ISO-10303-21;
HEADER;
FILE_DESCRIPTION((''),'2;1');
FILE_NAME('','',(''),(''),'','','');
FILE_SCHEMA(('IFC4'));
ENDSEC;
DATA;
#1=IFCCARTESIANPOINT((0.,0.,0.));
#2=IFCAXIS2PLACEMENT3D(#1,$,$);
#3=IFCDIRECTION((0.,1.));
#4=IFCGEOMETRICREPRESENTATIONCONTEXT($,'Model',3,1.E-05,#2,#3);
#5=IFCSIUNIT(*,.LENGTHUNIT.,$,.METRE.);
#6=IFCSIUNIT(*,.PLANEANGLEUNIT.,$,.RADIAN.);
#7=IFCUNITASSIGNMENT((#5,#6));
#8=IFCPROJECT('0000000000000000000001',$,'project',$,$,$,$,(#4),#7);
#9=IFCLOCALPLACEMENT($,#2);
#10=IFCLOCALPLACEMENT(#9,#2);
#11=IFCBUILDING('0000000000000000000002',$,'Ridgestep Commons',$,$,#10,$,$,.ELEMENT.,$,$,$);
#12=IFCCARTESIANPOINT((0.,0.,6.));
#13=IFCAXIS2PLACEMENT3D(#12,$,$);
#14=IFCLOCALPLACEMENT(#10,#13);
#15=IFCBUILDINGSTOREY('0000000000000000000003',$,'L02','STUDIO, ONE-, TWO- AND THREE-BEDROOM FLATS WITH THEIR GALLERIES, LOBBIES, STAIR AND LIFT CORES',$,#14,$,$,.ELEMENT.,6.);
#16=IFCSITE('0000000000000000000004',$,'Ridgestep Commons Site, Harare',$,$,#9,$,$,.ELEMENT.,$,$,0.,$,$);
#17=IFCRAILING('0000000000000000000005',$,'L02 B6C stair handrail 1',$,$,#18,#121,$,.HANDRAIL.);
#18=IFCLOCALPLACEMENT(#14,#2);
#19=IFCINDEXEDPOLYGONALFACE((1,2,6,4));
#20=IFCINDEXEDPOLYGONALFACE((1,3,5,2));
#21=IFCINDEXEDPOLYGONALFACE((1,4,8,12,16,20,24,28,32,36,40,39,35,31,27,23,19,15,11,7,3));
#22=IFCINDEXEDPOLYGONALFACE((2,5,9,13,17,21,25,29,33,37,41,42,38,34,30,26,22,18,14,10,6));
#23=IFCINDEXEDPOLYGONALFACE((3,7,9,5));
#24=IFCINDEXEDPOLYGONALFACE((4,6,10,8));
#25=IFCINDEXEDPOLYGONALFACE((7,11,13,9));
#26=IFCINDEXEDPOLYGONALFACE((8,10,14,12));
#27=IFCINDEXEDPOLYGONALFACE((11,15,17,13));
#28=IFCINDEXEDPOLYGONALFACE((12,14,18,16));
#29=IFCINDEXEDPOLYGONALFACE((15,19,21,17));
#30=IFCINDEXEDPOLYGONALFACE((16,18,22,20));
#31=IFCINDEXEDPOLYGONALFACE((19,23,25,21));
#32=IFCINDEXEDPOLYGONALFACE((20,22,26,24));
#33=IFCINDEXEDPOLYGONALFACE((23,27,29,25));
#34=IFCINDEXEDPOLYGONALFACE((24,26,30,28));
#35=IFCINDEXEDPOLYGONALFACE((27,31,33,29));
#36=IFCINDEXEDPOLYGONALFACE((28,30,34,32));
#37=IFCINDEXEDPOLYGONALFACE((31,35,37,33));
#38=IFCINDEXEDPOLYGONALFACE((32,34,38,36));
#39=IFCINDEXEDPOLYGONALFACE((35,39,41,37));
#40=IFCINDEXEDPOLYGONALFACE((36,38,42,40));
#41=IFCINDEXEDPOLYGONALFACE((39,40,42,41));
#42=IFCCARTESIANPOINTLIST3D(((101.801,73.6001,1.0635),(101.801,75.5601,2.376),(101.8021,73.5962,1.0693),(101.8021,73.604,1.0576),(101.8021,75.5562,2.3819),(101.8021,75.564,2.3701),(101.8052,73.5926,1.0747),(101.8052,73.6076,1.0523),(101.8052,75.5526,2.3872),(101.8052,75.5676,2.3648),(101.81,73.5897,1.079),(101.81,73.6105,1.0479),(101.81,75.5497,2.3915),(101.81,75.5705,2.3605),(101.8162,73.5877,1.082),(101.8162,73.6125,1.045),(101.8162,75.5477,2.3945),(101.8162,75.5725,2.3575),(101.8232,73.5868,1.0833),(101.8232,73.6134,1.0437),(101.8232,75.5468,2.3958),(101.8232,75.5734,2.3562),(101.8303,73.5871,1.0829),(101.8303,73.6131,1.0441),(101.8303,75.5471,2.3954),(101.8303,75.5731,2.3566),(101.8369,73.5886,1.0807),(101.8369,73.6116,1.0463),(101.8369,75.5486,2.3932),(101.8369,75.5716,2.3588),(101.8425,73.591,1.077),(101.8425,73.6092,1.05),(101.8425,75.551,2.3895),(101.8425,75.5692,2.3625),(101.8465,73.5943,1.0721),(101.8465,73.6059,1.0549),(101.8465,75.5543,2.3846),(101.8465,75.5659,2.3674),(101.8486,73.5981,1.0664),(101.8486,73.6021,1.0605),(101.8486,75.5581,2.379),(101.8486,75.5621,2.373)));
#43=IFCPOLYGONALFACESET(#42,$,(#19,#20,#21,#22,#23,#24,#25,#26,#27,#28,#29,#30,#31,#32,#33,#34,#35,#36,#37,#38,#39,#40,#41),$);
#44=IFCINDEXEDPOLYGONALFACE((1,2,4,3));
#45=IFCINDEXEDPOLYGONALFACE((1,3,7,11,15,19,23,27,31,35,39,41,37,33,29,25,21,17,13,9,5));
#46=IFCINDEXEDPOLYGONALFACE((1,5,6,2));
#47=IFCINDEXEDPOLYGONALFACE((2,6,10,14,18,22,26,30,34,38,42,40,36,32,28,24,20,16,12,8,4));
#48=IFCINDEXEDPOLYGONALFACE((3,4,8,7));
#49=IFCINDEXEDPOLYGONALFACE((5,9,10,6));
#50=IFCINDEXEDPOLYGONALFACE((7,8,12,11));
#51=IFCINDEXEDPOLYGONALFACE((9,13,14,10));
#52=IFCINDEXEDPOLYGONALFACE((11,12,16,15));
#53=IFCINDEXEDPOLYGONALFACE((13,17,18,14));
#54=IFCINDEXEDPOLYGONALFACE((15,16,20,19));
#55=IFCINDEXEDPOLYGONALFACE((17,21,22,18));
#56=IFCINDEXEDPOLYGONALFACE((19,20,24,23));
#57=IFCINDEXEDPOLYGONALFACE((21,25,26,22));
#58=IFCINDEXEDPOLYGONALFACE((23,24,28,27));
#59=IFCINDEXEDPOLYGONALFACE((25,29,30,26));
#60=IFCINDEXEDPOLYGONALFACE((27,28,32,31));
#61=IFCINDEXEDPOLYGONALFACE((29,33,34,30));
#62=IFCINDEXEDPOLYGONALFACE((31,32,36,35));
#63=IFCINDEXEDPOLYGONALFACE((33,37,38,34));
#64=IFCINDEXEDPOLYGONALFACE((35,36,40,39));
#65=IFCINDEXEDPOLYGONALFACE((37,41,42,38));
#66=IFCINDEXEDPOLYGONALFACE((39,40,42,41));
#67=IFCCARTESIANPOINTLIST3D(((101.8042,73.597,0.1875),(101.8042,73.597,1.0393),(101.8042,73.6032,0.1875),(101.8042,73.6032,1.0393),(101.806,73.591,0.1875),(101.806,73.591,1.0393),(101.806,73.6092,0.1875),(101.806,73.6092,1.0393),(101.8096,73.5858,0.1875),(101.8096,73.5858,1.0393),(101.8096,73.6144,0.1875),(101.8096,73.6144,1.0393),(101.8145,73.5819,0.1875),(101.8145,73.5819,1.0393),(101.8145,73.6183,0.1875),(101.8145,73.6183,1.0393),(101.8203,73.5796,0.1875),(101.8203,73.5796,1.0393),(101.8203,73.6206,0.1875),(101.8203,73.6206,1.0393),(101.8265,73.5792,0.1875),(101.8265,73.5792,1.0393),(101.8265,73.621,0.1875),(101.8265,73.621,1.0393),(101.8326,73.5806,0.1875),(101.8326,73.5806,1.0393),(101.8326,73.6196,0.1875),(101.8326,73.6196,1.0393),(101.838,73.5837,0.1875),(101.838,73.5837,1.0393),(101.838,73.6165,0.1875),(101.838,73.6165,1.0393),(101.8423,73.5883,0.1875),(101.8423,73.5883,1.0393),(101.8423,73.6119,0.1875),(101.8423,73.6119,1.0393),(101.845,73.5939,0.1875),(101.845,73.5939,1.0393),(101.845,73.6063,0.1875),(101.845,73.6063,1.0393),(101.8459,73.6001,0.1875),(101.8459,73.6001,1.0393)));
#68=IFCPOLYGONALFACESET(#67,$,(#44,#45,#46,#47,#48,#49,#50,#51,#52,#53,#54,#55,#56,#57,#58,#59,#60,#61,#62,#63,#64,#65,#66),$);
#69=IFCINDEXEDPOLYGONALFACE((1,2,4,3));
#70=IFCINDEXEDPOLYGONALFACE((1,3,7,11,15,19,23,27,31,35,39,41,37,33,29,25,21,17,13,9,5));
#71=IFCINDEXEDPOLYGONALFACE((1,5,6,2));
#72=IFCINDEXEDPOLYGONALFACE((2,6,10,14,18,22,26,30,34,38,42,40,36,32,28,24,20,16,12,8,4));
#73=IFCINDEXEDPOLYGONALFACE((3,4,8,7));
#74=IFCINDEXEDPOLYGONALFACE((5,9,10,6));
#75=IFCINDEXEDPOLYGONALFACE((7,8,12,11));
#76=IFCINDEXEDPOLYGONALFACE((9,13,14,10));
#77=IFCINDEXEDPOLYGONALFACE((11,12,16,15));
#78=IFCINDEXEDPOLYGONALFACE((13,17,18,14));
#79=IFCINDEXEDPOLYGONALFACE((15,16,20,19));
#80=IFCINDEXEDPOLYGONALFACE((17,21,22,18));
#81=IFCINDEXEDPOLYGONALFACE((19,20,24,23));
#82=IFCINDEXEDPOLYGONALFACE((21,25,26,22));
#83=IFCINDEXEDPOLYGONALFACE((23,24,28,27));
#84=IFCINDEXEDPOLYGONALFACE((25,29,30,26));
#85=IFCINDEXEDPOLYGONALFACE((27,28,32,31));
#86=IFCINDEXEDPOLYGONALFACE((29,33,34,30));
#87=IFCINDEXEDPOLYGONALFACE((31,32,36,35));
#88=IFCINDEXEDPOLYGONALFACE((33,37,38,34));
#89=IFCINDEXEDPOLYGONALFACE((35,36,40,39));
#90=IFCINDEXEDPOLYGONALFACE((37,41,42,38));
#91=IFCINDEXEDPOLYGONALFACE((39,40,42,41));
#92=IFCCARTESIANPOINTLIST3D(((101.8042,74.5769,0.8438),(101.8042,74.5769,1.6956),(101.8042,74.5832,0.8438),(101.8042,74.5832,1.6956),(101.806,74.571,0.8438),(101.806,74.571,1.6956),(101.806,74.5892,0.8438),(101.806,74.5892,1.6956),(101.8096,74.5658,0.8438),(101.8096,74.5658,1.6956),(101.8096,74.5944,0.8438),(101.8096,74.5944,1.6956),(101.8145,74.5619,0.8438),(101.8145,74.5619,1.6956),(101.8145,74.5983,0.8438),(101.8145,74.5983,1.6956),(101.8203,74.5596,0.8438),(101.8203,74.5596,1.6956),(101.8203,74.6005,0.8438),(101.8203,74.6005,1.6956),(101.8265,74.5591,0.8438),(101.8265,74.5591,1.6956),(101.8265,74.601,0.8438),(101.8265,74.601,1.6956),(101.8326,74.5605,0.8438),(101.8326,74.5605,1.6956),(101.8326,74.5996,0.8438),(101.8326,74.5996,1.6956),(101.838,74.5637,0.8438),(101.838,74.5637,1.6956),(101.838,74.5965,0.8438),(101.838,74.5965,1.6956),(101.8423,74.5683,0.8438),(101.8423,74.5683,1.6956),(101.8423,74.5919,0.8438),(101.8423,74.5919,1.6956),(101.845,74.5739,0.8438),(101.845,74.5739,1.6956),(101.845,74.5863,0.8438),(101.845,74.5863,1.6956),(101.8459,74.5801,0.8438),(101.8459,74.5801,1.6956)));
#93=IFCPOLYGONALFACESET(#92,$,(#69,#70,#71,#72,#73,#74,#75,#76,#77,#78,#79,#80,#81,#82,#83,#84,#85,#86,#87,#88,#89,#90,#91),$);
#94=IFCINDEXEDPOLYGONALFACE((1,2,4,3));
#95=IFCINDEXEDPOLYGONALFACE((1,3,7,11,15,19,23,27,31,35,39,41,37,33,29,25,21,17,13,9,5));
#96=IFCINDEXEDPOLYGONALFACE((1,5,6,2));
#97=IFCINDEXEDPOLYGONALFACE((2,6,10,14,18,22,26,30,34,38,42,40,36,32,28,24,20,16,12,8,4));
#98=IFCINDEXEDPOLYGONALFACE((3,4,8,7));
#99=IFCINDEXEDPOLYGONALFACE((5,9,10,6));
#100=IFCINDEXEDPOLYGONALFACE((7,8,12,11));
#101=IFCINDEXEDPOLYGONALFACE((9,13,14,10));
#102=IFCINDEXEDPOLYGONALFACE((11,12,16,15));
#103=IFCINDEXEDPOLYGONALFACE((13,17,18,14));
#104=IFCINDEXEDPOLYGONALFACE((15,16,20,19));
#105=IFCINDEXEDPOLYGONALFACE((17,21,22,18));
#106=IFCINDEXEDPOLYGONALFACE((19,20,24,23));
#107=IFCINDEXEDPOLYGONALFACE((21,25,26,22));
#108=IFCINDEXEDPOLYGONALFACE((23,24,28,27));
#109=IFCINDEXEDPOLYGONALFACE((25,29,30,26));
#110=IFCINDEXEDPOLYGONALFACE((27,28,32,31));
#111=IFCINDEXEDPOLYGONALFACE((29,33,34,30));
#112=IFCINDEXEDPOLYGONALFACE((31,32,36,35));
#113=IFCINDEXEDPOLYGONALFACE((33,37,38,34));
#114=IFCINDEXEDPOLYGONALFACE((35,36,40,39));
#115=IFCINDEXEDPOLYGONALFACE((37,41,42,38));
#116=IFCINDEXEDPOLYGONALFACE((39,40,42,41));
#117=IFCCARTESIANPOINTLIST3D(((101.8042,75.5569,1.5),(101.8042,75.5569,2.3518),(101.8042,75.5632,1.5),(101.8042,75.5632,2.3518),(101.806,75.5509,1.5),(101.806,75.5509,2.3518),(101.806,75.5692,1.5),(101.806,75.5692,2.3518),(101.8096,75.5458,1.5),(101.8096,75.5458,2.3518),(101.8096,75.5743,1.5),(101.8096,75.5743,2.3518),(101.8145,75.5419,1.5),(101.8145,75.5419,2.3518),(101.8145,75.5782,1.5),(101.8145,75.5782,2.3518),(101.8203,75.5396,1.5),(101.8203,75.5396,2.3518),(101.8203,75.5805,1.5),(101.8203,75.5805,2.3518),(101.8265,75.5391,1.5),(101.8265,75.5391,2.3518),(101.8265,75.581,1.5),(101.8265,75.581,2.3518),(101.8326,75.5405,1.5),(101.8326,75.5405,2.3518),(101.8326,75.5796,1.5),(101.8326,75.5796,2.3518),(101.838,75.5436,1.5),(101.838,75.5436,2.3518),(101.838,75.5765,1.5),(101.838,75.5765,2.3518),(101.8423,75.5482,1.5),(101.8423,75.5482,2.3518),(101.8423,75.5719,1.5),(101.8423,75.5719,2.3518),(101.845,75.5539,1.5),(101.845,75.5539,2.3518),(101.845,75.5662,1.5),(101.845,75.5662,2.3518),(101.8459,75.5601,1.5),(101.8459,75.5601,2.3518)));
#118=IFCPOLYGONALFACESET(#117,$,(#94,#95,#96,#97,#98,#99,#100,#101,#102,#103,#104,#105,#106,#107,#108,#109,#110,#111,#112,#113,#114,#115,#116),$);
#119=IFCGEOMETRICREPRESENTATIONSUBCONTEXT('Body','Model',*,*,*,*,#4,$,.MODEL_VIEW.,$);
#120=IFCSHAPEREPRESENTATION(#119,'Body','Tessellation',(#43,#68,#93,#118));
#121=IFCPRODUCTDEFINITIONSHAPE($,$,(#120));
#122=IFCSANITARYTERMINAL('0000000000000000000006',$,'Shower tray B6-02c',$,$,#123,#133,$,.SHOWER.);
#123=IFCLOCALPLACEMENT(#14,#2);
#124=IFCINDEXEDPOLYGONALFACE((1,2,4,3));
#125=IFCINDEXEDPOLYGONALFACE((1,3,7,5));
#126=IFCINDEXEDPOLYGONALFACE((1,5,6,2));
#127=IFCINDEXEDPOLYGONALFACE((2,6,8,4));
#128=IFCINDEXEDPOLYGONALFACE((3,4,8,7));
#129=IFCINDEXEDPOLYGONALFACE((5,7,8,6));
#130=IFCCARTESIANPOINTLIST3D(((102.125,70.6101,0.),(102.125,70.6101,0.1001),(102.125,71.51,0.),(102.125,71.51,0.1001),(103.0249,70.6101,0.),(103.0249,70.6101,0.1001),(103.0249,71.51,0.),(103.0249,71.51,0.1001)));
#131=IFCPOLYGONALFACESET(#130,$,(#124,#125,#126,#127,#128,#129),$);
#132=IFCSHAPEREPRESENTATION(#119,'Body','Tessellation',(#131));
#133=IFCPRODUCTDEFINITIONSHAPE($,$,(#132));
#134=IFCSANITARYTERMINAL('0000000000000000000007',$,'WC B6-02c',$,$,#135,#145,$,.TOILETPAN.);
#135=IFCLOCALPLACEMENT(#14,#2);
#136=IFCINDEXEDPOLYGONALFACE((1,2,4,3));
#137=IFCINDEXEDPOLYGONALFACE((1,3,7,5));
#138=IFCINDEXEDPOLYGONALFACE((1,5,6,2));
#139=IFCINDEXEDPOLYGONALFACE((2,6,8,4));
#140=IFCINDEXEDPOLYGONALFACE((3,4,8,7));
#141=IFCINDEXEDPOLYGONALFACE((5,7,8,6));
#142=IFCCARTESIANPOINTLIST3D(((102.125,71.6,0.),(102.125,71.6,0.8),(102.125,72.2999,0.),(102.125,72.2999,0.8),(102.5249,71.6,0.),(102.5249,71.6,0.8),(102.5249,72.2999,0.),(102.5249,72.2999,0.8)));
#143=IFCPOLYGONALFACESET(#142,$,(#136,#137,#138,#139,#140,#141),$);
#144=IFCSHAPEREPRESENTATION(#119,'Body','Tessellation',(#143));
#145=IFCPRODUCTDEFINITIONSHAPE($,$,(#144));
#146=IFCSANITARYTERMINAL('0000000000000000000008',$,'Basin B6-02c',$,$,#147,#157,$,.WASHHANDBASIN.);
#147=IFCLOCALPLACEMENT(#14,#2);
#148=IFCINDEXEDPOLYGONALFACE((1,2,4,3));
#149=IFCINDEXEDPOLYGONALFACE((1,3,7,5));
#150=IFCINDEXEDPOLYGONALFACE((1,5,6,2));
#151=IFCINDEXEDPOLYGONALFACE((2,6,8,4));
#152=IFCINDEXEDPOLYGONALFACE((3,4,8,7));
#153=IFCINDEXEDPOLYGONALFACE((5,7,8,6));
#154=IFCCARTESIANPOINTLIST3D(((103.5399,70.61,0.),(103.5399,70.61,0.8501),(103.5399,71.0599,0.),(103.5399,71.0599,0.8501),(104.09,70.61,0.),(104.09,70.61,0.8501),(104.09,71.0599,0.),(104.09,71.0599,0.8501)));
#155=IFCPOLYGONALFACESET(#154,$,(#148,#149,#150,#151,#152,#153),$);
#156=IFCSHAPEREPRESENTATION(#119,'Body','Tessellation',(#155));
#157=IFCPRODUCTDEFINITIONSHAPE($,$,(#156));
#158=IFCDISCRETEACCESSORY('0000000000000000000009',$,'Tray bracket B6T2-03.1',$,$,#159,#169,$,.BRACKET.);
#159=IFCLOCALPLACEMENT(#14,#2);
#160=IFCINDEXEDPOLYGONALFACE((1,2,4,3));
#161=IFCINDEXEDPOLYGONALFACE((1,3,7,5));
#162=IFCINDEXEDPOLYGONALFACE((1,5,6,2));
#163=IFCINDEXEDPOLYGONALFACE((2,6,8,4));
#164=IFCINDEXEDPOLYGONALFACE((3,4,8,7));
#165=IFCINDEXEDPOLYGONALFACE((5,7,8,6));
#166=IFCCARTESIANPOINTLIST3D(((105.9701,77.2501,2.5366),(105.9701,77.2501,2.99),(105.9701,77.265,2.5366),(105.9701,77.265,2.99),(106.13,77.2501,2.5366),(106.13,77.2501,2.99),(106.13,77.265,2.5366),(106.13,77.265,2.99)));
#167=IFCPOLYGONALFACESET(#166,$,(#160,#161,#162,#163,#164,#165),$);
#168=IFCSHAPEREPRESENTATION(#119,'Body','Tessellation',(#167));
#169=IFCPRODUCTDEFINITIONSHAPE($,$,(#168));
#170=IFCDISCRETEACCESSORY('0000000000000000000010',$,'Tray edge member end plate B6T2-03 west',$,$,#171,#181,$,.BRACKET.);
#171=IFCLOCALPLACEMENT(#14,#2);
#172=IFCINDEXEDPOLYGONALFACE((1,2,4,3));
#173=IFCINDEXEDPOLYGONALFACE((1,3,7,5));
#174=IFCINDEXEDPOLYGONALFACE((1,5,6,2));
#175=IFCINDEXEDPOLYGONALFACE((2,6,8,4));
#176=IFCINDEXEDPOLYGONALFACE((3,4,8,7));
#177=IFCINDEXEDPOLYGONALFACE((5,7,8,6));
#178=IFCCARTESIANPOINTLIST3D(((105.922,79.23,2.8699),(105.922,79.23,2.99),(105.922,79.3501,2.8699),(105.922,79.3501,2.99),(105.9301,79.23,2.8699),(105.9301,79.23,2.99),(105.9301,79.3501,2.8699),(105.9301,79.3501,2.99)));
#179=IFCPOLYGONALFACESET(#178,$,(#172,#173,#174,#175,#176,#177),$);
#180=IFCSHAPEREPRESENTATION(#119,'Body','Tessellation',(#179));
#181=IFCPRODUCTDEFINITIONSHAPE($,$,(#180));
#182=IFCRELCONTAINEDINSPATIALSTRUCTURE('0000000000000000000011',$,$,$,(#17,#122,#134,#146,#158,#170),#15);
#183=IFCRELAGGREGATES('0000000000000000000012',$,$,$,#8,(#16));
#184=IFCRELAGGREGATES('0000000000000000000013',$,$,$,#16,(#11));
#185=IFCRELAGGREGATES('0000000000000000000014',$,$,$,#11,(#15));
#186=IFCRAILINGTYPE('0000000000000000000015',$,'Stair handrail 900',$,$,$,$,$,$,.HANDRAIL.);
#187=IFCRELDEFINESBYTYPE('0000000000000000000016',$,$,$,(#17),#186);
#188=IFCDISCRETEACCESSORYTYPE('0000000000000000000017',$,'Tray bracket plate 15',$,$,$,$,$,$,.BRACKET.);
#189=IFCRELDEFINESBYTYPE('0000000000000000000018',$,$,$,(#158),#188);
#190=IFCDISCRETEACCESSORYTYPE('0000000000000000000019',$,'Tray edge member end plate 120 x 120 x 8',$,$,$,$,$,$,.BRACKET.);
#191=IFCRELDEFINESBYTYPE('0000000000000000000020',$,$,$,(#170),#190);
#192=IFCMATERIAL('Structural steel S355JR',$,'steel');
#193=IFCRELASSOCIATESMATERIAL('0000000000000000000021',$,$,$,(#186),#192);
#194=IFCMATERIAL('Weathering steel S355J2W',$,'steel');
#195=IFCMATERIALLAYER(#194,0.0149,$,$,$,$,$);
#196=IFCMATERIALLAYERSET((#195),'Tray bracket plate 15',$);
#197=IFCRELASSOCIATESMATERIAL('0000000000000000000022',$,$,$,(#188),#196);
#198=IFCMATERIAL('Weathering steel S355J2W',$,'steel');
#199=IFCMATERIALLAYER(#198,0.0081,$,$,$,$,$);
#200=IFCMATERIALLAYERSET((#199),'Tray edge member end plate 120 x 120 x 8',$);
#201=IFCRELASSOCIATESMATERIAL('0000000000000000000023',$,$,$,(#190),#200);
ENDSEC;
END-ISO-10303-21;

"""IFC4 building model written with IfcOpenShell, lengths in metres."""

from ifc_helpers import new_model, si_unit, direction, frame, origin, origin_2d, place, context, subcontext, project, spatial, rectangle, circle, extrude, material, layer, layer_set, type_object, element, save


model = new_model("IFC4")

# Units and contexts
model_context = context("Model", 3, precision=1e-05, world=origin(), true_north=direction((0.0, 1.0)))
body_context = subcontext(model_context, "Body", "Model", "MODEL_VIEW")
ifc_project = project(units=[si_unit("LENGTHUNIT", "METRE"), si_unit("PLANEANGLEUNIT", "RADIAN")], contexts=[model_context])

# Site, building, storey
site_placement = place(None, origin())
site = spatial("IfcSite", under=ifc_project, at=site_placement, Name="Ridgestep Commons Site, Harare", CompositionType="ELEMENT", RefElevation=0.0)
building_placement = place(site_placement, origin())
building = spatial("IfcBuilding", under=site, at=building_placement, Name="Ridgestep Commons", CompositionType="ELEMENT")
storey_placement = place(building_placement, frame((0.0, 0.0, 6.0)))
storey = spatial("IfcBuildingStorey", under=building, at=storey_placement, Name="L02", Description="STUDIO, ONE-, TWO- AND THREE-BEDROOM FLATS WITH THEIR GALLERIES, LOBBIES, STAIR AND LIFT CORES", CompositionType="ELEMENT", Elevation=6.0)

# Railing
ifc_material_1 = material(Name="Structural steel S355JR", Category="steel")
railing_type = type_object("IfcRailingType", Name="Stair handrail 900", PredefinedType="HANDRAIL", material=ifc_material_1)
railing_placement = place(storey_placement, frame((101.825, 73.6001, 0.1875)))
element("IfcRailing", 1, at=railing_placement, inside=storey, type_object=railing_type, Name="L02 B6C stair handrail 1", PredefinedType="HANDRAIL", context=body_context, shape_type="SweptSolid", body=[
    extrude(circle(Radius=0.0239, at=origin_2d()), frame((0.0, 0.0, 0.876), z_axis=(0.0, 0.830902, 0.556419), x_axis=(-1.0, 0.0, 0.0)), (0.0, 0.0, 1.0), 2.3589),
    extrude(circle(Radius=0.021, at=origin_2d()), origin(), (0.0, 0.0, 1.0), 0.8518),
    extrude(circle(Radius=0.021, at=origin_2d()), frame((0.0, 0.98, 0.6562)), (0.0, 0.0, 1.0), 0.8518),
    extrude(circle(Radius=0.021, at=origin_2d()), frame((0.0, 1.96, 1.3125)), (0.0, 0.0, 1.0), 0.8518),
])

# Sanitary terminals
sanitary_terminal_1_placement = place(storey_placement, frame((102.575, 71.0601, 0.0), z_axis=(0.0, 0.0, 1.0), x_axis=(1.0, 0.0, 0.0)))
element("IfcSanitaryTerminal", 2, at=sanitary_terminal_1_placement, inside=storey, Name="Shower tray B6-02c", PredefinedType="SHOWER", context=body_context, shape_type="SweptSolid", body=[
    extrude(rectangle(XDim=0.8999, YDim=0.8999, at=origin_2d()), origin(), (0.0, 0.0, 1.0), 0.1001),
])
sanitary_terminal_2_placement = place(storey_placement, frame((102.325, 71.95, 0.0), z_axis=(0.0, 0.0, 1.0), x_axis=(1.0, 0.0, 0.0)))
element("IfcSanitaryTerminal", 3, at=sanitary_terminal_2_placement, inside=storey, Name="WC B6-02c", PredefinedType="TOILETPAN", context=body_context, shape_type="SweptSolid", body=[
    extrude(rectangle(XDim=0.3999, YDim=0.7, at=origin_2d()), origin(), (0.0, 0.0, 1.0), 0.8),
])
sanitary_terminal_3_placement = place(storey_placement, frame((103.8149, 70.835, 0.0), z_axis=(0.0, 0.0, 1.0), x_axis=(1.0, 0.0, 0.0)))
element("IfcSanitaryTerminal", 4, at=sanitary_terminal_3_placement, inside=storey, Name="Basin B6-02c", PredefinedType="WASHHANDBASIN", context=body_context, shape_type="SweptSolid", body=[
    extrude(rectangle(XDim=0.55, YDim=0.45, at=origin_2d()), origin(), (0.0, 0.0, 1.0), 0.8501),
])

# Discrete accessories
ifc_material_2 = material(Name="Weathering steel S355J2W", Category="steel")
ifc_layer_1 = layer(ifc_material_2, 0.0149)
ifc_layer_set_1 = layer_set([ifc_layer_1], Name="Tray bracket plate 15")
discrete_accessory_type_1 = type_object("IfcDiscreteAccessoryType", Name="Tray bracket plate 15", PredefinedType="BRACKET", material=ifc_layer_set_1)
discrete_accessory_1_placement = place(storey_placement, frame((106.05, 77.2576, 2.5366), z_axis=(0.0, 0.0, 1.0), x_axis=(1.0, 0.0, 0.0)))
element("IfcDiscreteAccessory", 5, at=discrete_accessory_1_placement, inside=storey, type_object=discrete_accessory_type_1, Name="Tray bracket B6T2-03.1", PredefinedType="BRACKET", context=body_context, shape_type="SweptSolid", body=[
    extrude(rectangle(XDim=0.1599, YDim=0.0149, at=origin_2d()), origin(), (0.0, 0.0, 1.0), 0.4534),
])
ifc_material_3 = material(Name="Weathering steel S355J2W", Category="steel")
ifc_layer_2 = layer(ifc_material_3, 0.0081)
ifc_layer_set_2 = layer_set([ifc_layer_2], Name="Tray edge member end plate 120 x 120 x 8")
discrete_accessory_type_2 = type_object("IfcDiscreteAccessoryType", Name="Tray edge member end plate 120 x 120 x 8", PredefinedType="BRACKET", material=ifc_layer_set_2)
discrete_accessory_2_placement = place(storey_placement, frame((105.926, 79.29, 2.8699), z_axis=(0.0, 0.0, 1.0), x_axis=(1.0, 0.0, 0.0)))
element("IfcDiscreteAccessory", 6, at=discrete_accessory_2_placement, inside=storey, type_object=discrete_accessory_type_2, Name="Tray edge member end plate B6T2-03 west", PredefinedType="BRACKET", context=body_context, shape_type="SweptSolid", body=[
    extrude(rectangle(XDim=0.0081, YDim=0.1201, at=origin_2d()), origin(), (0.0, 0.0, 1.0), 0.1201),
])

save(model, "model.ifc")
